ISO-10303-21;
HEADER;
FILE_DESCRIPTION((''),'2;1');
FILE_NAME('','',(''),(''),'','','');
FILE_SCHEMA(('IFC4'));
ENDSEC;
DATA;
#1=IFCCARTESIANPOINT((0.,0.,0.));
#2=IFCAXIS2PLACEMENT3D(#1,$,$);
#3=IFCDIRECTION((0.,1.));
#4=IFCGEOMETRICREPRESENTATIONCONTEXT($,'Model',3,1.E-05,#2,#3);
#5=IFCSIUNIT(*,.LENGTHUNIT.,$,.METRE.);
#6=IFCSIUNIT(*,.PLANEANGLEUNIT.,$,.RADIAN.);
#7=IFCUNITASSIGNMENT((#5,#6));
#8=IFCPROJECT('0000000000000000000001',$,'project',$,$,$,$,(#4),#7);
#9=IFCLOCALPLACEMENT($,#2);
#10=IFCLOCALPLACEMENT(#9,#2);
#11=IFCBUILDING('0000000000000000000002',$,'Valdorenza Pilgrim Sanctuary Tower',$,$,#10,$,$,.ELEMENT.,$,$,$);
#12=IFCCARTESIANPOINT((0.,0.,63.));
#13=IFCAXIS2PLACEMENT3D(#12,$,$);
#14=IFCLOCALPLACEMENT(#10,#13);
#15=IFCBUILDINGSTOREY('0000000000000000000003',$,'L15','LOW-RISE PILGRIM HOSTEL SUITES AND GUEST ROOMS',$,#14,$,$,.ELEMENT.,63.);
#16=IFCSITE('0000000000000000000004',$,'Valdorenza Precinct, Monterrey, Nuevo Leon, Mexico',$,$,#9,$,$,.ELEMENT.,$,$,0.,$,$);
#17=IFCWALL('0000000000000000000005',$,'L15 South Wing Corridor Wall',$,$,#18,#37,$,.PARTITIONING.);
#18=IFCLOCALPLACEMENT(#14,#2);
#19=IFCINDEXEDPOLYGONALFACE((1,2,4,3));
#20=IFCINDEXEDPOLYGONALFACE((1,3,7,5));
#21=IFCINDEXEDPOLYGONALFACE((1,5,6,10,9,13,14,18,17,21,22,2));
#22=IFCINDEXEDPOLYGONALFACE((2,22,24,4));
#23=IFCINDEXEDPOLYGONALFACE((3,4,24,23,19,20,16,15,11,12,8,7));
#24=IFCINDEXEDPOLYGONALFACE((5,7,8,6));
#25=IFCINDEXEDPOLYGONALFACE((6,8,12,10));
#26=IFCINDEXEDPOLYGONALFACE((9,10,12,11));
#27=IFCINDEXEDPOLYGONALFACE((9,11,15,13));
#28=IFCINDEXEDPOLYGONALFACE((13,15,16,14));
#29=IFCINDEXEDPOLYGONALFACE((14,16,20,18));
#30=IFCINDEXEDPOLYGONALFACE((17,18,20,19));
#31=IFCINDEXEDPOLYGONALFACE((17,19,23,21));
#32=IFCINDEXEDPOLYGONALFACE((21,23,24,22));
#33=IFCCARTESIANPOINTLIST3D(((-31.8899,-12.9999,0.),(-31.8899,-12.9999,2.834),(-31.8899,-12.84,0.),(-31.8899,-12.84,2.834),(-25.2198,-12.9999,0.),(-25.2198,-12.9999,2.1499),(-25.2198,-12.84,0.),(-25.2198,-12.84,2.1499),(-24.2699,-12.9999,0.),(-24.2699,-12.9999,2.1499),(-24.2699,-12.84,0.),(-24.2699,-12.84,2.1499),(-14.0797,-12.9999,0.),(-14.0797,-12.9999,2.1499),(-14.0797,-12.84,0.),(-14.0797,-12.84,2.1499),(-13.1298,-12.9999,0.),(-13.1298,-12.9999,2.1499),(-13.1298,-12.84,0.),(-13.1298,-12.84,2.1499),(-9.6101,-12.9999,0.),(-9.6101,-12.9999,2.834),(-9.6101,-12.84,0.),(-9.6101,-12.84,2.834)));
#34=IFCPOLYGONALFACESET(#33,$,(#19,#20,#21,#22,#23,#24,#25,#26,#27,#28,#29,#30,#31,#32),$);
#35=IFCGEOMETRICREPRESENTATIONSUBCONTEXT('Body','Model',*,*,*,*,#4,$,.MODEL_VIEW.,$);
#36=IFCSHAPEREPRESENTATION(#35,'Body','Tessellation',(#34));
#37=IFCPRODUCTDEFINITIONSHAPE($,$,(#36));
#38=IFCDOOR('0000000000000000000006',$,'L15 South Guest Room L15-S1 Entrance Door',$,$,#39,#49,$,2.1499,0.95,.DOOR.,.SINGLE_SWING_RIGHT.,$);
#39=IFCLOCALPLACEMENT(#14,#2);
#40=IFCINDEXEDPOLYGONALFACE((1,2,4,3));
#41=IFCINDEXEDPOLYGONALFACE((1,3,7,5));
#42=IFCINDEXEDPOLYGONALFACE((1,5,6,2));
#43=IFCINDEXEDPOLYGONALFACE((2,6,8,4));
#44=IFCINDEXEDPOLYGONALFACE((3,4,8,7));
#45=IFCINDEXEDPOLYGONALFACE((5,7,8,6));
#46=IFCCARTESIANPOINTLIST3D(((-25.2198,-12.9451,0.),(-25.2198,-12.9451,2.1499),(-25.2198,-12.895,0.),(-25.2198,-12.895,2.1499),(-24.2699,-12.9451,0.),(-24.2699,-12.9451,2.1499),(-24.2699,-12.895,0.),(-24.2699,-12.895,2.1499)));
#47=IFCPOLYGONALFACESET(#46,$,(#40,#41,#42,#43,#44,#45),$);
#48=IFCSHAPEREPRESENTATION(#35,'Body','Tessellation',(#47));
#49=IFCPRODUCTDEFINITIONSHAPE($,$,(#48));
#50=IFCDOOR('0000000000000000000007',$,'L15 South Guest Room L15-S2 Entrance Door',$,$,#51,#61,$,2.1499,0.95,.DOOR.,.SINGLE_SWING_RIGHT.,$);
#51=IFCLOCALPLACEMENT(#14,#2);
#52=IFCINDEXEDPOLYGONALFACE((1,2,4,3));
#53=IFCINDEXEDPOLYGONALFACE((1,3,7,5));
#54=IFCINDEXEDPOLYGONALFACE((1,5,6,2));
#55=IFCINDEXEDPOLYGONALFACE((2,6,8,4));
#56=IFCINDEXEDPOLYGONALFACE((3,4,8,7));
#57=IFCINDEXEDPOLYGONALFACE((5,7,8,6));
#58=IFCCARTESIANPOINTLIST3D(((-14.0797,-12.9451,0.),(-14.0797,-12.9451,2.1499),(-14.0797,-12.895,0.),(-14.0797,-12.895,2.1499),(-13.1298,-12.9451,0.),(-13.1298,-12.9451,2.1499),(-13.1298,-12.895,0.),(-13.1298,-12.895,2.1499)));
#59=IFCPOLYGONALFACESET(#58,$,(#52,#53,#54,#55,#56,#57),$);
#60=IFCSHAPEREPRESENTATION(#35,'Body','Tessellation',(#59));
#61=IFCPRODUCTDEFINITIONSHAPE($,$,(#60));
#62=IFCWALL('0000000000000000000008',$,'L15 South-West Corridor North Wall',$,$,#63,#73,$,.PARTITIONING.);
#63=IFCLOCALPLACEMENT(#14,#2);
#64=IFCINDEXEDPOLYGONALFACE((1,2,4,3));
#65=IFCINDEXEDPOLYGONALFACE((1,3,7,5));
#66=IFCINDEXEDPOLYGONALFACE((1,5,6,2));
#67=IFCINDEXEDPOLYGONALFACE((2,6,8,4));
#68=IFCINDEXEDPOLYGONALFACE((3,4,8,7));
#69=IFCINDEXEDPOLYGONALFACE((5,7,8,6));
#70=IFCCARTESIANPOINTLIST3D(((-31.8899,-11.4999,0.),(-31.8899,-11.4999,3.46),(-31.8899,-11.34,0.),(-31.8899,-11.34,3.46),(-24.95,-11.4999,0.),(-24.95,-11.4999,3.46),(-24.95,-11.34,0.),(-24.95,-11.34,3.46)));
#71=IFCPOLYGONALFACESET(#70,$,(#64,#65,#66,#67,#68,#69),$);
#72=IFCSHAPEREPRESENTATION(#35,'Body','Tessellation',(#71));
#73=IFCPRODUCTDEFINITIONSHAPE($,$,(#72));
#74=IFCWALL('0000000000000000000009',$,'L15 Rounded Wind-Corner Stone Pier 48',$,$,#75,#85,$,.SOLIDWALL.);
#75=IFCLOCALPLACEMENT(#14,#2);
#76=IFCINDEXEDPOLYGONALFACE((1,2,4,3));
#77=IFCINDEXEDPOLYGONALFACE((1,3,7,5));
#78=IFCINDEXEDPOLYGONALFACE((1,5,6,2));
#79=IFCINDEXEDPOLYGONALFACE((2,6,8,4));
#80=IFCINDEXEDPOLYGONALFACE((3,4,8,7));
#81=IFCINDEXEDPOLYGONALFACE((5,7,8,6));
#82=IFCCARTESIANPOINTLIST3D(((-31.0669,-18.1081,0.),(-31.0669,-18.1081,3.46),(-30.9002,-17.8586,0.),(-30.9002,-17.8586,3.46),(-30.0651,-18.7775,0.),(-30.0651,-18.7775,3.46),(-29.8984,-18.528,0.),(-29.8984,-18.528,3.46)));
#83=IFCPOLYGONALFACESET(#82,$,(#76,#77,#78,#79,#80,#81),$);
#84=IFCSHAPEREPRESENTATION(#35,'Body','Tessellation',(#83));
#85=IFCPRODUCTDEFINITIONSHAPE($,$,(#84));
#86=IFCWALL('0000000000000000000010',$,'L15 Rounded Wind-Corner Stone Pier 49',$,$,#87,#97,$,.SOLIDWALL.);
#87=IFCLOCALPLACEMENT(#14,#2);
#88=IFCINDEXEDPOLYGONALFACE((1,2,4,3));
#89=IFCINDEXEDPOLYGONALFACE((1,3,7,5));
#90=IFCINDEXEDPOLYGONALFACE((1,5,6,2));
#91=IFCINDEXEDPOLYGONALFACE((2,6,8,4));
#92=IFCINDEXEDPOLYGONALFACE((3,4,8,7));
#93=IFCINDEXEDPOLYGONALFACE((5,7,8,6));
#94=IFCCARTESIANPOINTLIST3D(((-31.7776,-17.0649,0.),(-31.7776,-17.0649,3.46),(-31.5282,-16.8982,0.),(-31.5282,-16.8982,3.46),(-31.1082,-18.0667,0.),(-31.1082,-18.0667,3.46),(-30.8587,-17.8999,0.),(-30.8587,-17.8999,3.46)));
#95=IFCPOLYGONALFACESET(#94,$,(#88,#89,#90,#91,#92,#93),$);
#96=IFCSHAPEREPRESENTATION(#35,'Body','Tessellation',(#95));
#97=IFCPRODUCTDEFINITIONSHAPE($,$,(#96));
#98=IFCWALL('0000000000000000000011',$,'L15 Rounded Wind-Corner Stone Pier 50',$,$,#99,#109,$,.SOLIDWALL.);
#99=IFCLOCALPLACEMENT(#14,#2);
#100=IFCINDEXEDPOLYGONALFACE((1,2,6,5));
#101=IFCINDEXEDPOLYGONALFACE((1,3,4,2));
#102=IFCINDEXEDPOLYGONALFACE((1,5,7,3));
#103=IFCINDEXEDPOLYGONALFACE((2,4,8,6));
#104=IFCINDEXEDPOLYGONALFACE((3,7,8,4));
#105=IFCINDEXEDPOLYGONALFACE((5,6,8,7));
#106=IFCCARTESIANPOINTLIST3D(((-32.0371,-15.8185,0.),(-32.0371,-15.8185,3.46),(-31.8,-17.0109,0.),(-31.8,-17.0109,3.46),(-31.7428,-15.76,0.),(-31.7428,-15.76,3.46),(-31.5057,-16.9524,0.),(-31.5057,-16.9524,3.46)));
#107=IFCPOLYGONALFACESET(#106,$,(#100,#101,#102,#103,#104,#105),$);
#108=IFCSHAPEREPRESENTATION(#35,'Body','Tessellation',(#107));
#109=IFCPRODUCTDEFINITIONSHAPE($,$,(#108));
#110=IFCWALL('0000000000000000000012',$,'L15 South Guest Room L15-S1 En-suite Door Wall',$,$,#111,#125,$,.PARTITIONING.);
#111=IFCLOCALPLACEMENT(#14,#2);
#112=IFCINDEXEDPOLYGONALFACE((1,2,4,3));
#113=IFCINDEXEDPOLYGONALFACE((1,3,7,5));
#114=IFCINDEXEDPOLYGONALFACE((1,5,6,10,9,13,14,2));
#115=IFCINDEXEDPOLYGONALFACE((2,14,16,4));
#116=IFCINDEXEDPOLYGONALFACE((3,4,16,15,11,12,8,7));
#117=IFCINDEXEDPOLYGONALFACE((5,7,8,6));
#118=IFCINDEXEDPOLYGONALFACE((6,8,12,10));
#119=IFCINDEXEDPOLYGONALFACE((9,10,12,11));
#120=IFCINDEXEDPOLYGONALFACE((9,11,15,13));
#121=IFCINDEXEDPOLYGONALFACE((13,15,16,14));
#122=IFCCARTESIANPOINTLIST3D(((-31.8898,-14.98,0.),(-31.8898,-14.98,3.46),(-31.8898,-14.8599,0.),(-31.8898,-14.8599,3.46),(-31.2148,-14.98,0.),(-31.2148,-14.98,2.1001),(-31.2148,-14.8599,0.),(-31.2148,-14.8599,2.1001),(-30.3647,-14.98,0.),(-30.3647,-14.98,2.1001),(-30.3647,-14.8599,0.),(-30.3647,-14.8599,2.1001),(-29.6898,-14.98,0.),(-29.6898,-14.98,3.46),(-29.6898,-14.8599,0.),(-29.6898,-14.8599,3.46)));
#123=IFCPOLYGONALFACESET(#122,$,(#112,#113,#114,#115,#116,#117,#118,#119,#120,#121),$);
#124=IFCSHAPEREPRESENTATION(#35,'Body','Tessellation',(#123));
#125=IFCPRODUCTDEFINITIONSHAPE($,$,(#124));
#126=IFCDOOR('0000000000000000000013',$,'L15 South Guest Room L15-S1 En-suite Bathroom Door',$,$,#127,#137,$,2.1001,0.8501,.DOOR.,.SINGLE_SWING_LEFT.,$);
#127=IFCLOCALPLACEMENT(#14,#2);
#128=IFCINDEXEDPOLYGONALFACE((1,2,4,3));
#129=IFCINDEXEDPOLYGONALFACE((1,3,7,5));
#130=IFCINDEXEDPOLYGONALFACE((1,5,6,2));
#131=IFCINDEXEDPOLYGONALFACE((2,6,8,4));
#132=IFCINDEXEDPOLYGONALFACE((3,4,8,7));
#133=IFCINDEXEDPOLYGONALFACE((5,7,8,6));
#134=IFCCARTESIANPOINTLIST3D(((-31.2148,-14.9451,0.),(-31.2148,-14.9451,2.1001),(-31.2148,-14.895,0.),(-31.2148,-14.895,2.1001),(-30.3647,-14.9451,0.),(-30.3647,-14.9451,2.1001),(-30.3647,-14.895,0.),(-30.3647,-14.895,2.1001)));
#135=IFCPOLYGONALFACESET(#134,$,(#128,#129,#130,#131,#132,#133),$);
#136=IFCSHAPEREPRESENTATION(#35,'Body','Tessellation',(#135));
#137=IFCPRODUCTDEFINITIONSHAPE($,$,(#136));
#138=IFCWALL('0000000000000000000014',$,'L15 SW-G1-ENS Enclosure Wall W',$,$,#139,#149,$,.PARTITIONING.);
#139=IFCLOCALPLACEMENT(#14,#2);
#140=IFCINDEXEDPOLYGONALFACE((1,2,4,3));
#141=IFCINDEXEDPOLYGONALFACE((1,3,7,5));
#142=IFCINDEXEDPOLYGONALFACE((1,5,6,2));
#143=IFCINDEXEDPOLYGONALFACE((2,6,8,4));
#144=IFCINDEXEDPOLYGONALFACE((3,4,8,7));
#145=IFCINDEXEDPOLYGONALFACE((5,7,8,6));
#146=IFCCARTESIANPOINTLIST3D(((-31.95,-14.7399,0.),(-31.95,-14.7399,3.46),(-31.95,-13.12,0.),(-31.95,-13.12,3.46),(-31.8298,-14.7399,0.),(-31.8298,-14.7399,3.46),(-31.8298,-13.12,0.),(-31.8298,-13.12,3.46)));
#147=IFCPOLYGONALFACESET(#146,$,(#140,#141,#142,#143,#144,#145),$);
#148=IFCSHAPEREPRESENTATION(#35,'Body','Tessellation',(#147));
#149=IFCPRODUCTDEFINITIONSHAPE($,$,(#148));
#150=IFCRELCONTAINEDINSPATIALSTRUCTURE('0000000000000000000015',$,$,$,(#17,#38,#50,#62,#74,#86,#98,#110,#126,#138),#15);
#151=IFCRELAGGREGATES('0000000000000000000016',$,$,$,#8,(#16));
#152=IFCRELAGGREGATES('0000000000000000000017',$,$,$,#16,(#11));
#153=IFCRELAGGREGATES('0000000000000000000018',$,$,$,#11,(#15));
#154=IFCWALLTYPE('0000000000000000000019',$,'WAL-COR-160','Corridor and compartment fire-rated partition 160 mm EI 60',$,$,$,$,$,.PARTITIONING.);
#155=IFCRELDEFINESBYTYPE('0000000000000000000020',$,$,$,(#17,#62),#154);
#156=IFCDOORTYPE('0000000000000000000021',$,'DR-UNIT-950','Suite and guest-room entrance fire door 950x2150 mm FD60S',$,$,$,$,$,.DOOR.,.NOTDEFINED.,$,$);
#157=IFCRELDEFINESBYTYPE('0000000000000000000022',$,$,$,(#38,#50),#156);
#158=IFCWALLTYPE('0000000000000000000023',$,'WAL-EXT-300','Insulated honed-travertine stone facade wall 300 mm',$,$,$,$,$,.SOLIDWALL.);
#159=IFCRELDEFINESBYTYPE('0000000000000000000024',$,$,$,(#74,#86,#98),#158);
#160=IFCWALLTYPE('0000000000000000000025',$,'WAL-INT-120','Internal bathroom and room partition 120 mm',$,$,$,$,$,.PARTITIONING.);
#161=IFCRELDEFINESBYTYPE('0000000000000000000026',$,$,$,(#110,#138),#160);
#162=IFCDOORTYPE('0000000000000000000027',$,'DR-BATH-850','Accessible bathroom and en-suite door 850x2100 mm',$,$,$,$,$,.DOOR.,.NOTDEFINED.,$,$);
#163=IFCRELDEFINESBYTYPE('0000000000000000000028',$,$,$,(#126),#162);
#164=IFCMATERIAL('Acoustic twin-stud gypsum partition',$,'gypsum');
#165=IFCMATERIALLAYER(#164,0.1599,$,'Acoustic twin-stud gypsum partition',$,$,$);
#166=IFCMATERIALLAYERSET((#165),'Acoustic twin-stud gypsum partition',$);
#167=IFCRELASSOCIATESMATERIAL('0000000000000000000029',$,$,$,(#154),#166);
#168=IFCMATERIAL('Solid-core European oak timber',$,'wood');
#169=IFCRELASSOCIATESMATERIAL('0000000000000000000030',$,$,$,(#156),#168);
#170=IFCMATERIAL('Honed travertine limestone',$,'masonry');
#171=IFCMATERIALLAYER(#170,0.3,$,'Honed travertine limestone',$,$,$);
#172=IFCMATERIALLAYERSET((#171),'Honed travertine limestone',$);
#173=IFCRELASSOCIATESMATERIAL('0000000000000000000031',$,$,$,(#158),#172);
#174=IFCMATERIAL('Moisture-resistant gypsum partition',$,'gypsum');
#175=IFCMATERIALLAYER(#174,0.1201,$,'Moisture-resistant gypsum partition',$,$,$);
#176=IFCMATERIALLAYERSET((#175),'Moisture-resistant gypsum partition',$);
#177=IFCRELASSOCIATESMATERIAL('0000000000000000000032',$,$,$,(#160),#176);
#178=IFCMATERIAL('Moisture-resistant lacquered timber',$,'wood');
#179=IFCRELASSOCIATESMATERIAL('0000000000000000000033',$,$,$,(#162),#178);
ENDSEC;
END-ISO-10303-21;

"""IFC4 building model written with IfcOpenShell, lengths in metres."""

from ifc_helpers import new_model, si_unit, direction, frame, frame_2d, origin, place, context, subcontext, project, spatial, rectangle, extrude, material, layer, layer_set, type_object, element, fill, save


model = new_model("IFC4")

# Units and contexts
model_context = context("Model", 3, precision=1e-05, world=origin(), true_north=direction((0.0, 1.0)))
body_context = subcontext(model_context, "Body", "Model", "MODEL_VIEW")
ifc_project = project(units=[si_unit("LENGTHUNIT", "METRE"), si_unit("PLANEANGLEUNIT", "RADIAN")], contexts=[model_context])

# Site, building, storey
site_placement = place(None, origin())
site = spatial("IfcSite", under=ifc_project, at=site_placement, Name="Valdorenza Precinct, Monterrey, Nuevo Leon, Mexico", CompositionType="ELEMENT", RefElevation=0.0)
building_placement = place(site_placement, origin())
building = spatial("IfcBuilding", under=site, at=building_placement, Name="Valdorenza Pilgrim Sanctuary Tower", CompositionType="ELEMENT")
storey_placement = place(building_placement, frame((0.0, 0.0, 63.0)))
storey = spatial("IfcBuildingStorey", under=building, at=storey_placement, Name="L15", Description="LOW-RISE PILGRIM HOSTEL SUITES AND GUEST ROOMS", CompositionType="ELEMENT", Elevation=63.0)

# Shared definitions
ifc_material_1 = material(Name="Honed travertine limestone", Category="masonry")

# Wall, openings, doors
ifc_material_2 = material(Name="Acoustic twin-stud gypsum partition", Category="gypsum")
ifc_layer_1 = layer(ifc_material_2, 0.1599, Name="Acoustic twin-stud gypsum partition")
ifc_layer_set_1 = layer_set([ifc_layer_1], Name="Acoustic twin-stud gypsum partition")
wall_type_1 = type_object("IfcWallType", Name="WAL-COR-160", Description="Corridor and compartment fire-rated partition 160 mm EI 60", PredefinedType="PARTITIONING", material=ifc_layer_set_1)
wall_1_placement = place(storey_placement, frame((-31.8899, -12.9199, 0.0), z_axis=(0.0, 0.0, 1.0), x_axis=(1.0, 0.0, 0.0)))
wall_1 = element("IfcWall", 1, at=wall_1_placement, inside=storey, type_object=wall_type_1, Name="L15 South Wing Corridor Wall", PredefinedType="PARTITIONING", context=body_context, shape_type="SweptSolid", body=[
    extrude(rectangle(XDim=22.2798, YDim=0.1599, at=frame_2d((11.1399, 0.0))), origin(), (0.0, 0.0, 1.0), 2.834),
])
opening_1_placement = place(wall_1_placement, frame((6.6699, 0.0, 0.0)))
opening_1 = element("IfcOpeningElement", 2, at=opening_1_placement, cuts=wall_1, PredefinedType="OPENING", context=body_context, shape_type="SweptSolid", body=[
    extrude(rectangle(XDim=0.95, YDim=2.1499, at=frame_2d((0.4751, 1.075))), frame((0.0, 0.0947, 0.0), z_axis=(0.0, -1.0, 0.0), x_axis=(1.0, 0.0, 0.0)), (0.0, 0.0, 1.0), 0.1897),
])
opening_2_placement = place(wall_1_placement, frame((17.8101, 0.0, 0.0)))
opening_2 = element("IfcOpeningElement", 3, at=opening_2_placement, cuts=wall_1, PredefinedType="OPENING", context=body_context, shape_type="SweptSolid", body=[
    extrude(rectangle(XDim=0.95, YDim=2.1499, at=frame_2d((0.4751, 1.075))), frame((0.0, 0.0947, 0.0), z_axis=(0.0, -1.0, 0.0), x_axis=(1.0, 0.0, 0.0)), (0.0, 0.0, 1.0), 0.1897),
])
ifc_material_3 = material(Name="Solid-core European oak timber", Category="wood")
door_type_1 = type_object("IfcDoorType", Name="DR-UNIT-950", Description="Suite and guest-room entrance fire door 950x2150 mm FD60S", OperationType="NOTDEFINED", PredefinedType="DOOR", material=ifc_material_3)
door_1_placement = place(opening_1_placement, origin())
door_1 = element("IfcDoor", 4, at=door_1_placement, inside=storey, type_object=door_type_1, Name="L15 South Guest Room L15-S1 Entrance Door", OperationType="SINGLE_SWING_RIGHT", OverallHeight=2.1499, OverallWidth=0.95, PredefinedType="DOOR", context=body_context, shape_type="SweptSolid", body=[
    extrude(rectangle(XDim=0.95, YDim=2.1499, at=frame_2d((0.4751, 1.075))), frame((0.0, 0.0249, 0.0), z_axis=(0.0, -1.0, 0.0), x_axis=(1.0, 0.0, 0.0)), (0.0, 0.0, 1.0), 0.05),
])
fill(opening_1, door_1)
door_2_placement = place(opening_2_placement, origin())
door_2 = element("IfcDoor", 5, at=door_2_placement, inside=storey, type_object=door_type_1, Name="L15 South Guest Room L15-S2 Entrance Door", OperationType="SINGLE_SWING_RIGHT", OverallHeight=2.1499, OverallWidth=0.95, PredefinedType="DOOR", context=body_context, shape_type="SweptSolid", body=[
    extrude(rectangle(XDim=0.95, YDim=2.1499, at=frame_2d((0.4751, 1.075))), frame((0.0, 0.0249, 0.0), z_axis=(0.0, -1.0, 0.0), x_axis=(1.0, 0.0, 0.0)), (0.0, 0.0, 1.0), 0.05),
])
fill(opening_2, door_2)

# Walls
wall_2_placement = place(storey_placement, frame((-31.8899, -11.4199, 0.0), z_axis=(0.0, 0.0, 1.0), x_axis=(1.0, 0.0, 0.0)))
element("IfcWall", 6, at=wall_2_placement, inside=storey, type_object=wall_type_1, Name="L15 South-West Corridor North Wall", PredefinedType="PARTITIONING", context=body_context, shape_type="SweptSolid", body=[
    extrude(rectangle(XDim=6.9399, YDim=0.1599, at=frame_2d((3.47, 0.0))), origin(), (0.0, 0.0, 1.0), 3.46),
])
ifc_layer_2 = layer(ifc_material_1, 0.3, Name="Honed travertine limestone")
ifc_layer_set_2 = layer_set([ifc_layer_2], Name="Honed travertine limestone")
wall_type_2 = type_object("IfcWallType", Name="WAL-EXT-300", Description="Insulated honed-travertine stone facade wall 300 mm", PredefinedType="SOLIDWALL", material=ifc_layer_set_2)
for number, where, z_axis, x_axis, name in (
    (7, (-29.9817, -18.6528, 0.0), (0.0, 0.0, 1.0), (-0.831426, 0.555635, 0.0), "L15 Rounded Wind-Corner Stone Pier 48"),
    (8, (-30.9834, -17.9834, 0.0), (0.0, 0.0, 1.0), (-0.555635, 0.831426, 0.0), "L15 Rounded Wind-Corner Stone Pier 49"),
):
    element("IfcWall", number, at=place(storey_placement, frame(where, z_axis=z_axis, x_axis=x_axis)), inside=storey, type_object=wall_type_2, Name=name, PredefinedType="SOLIDWALL", context=body_context, shape_type="SweptSolid", body=[
        extrude(rectangle(XDim=1.2048, YDim=0.3, at=frame_2d((0.6025, 0.0))), origin(), (0.0, 0.0, 1.0), 3.46),
    ])
wall_3_placement = place(storey_placement, frame((-31.6528, -16.9817, 0.0), z_axis=(0.0, 0.0, 1.0), x_axis=(-0.194996, 0.980804, 0.0)))
element("IfcWall", 9, at=wall_3_placement, inside=storey, type_object=wall_type_2, Name="L15 Rounded Wind-Corner Stone Pier 50", PredefinedType="SOLIDWALL", context=body_context, shape_type="SweptSolid", body=[
    extrude(rectangle(XDim=1.2158, YDim=0.3, at=frame_2d((0.6079, 0.0))), origin(), (0.0, 0.0, 1.0), 3.46),
])

# Wall, opening, door
ifc_material_4 = material(Name="Moisture-resistant gypsum partition", Category="gypsum")
ifc_layer_3 = layer(ifc_material_4, 0.1201, Name="Moisture-resistant gypsum partition")
ifc_layer_set_3 = layer_set([ifc_layer_3], Name="Moisture-resistant gypsum partition")
wall_type_3 = type_object("IfcWallType", Name="WAL-INT-120", Description="Internal bathroom and room partition 120 mm", PredefinedType="PARTITIONING", material=ifc_layer_set_3)
wall_4_placement = place(storey_placement, frame((-31.8899, -14.9199, 0.0), z_axis=(0.0, 0.0, 1.0), x_axis=(1.0, 0.0, 0.0)))
wall_4 = element("IfcWall", 10, at=wall_4_placement, inside=storey, type_object=wall_type_3, Name="L15 South Guest Room L15-S1 En-suite Door Wall", PredefinedType="PARTITIONING", context=body_context, shape_type="SweptSolid", body=[
    extrude(rectangle(XDim=2.2, YDim=0.1201, at=frame_2d((1.1001, 0.0))), origin(), (0.0, 0.0, 1.0), 3.46),
])
opening_3_placement = place(wall_4_placement, frame((0.675, 0.0, 0.0)))
opening_3 = element("IfcOpeningElement", 11, at=opening_3_placement, cuts=wall_4, PredefinedType="OPENING", context=body_context, shape_type="SweptSolid", body=[
    extrude(rectangle(XDim=0.8501, YDim=2.1001, at=frame_2d((0.425, 1.05))), frame((0.0, 0.075, 0.0), z_axis=(0.0, -1.0, 0.0), x_axis=(1.0, 0.0, 0.0)), (0.0, 0.0, 1.0), 0.1499),
])
ifc_material_5 = material(Name="Moisture-resistant lacquered timber", Category="wood")
door_type_2 = type_object("IfcDoorType", Name="DR-BATH-850", Description="Accessible bathroom and en-suite door 850x2100 mm", OperationType="NOTDEFINED", PredefinedType="DOOR", material=ifc_material_5)
door_3_placement = place(opening_3_placement, origin())
door_3 = element("IfcDoor", 12, at=door_3_placement, inside=storey, type_object=door_type_2, Name="L15 South Guest Room L15-S1 En-suite Bathroom Door", OperationType="SINGLE_SWING_LEFT", OverallHeight=2.1001, OverallWidth=0.8501, PredefinedType="DOOR", context=body_context, shape_type="SweptSolid", body=[
    extrude(rectangle(XDim=0.8501, YDim=2.1001, at=frame_2d((0.425, 1.05))), frame((0.0, 0.0249, 0.0), z_axis=(0.0, -1.0, 0.0), x_axis=(1.0, 0.0, 0.0)), (0.0, 0.0, 1.0), 0.05),
])
fill(opening_3, door_3)

# Wall
wall_5_placement = place(storey_placement, frame((-31.8899, -14.74, 0.0), z_axis=(0.0, 0.0, 1.0), x_axis=(0.0, 1.0, 0.0)))
element("IfcWall", 13, at=wall_5_placement, inside=storey, type_object=wall_type_3, Name="L15 SW-G1-ENS Enclosure Wall W", PredefinedType="PARTITIONING", context=body_context, shape_type="SweptSolid", body=[
    extrude(rectangle(XDim=1.6199, YDim=0.1201, at=frame_2d((0.8101, 0.0))), origin(), (0.0, 0.0, 1.0), 3.46),
])

save(model, "model.ifc")
